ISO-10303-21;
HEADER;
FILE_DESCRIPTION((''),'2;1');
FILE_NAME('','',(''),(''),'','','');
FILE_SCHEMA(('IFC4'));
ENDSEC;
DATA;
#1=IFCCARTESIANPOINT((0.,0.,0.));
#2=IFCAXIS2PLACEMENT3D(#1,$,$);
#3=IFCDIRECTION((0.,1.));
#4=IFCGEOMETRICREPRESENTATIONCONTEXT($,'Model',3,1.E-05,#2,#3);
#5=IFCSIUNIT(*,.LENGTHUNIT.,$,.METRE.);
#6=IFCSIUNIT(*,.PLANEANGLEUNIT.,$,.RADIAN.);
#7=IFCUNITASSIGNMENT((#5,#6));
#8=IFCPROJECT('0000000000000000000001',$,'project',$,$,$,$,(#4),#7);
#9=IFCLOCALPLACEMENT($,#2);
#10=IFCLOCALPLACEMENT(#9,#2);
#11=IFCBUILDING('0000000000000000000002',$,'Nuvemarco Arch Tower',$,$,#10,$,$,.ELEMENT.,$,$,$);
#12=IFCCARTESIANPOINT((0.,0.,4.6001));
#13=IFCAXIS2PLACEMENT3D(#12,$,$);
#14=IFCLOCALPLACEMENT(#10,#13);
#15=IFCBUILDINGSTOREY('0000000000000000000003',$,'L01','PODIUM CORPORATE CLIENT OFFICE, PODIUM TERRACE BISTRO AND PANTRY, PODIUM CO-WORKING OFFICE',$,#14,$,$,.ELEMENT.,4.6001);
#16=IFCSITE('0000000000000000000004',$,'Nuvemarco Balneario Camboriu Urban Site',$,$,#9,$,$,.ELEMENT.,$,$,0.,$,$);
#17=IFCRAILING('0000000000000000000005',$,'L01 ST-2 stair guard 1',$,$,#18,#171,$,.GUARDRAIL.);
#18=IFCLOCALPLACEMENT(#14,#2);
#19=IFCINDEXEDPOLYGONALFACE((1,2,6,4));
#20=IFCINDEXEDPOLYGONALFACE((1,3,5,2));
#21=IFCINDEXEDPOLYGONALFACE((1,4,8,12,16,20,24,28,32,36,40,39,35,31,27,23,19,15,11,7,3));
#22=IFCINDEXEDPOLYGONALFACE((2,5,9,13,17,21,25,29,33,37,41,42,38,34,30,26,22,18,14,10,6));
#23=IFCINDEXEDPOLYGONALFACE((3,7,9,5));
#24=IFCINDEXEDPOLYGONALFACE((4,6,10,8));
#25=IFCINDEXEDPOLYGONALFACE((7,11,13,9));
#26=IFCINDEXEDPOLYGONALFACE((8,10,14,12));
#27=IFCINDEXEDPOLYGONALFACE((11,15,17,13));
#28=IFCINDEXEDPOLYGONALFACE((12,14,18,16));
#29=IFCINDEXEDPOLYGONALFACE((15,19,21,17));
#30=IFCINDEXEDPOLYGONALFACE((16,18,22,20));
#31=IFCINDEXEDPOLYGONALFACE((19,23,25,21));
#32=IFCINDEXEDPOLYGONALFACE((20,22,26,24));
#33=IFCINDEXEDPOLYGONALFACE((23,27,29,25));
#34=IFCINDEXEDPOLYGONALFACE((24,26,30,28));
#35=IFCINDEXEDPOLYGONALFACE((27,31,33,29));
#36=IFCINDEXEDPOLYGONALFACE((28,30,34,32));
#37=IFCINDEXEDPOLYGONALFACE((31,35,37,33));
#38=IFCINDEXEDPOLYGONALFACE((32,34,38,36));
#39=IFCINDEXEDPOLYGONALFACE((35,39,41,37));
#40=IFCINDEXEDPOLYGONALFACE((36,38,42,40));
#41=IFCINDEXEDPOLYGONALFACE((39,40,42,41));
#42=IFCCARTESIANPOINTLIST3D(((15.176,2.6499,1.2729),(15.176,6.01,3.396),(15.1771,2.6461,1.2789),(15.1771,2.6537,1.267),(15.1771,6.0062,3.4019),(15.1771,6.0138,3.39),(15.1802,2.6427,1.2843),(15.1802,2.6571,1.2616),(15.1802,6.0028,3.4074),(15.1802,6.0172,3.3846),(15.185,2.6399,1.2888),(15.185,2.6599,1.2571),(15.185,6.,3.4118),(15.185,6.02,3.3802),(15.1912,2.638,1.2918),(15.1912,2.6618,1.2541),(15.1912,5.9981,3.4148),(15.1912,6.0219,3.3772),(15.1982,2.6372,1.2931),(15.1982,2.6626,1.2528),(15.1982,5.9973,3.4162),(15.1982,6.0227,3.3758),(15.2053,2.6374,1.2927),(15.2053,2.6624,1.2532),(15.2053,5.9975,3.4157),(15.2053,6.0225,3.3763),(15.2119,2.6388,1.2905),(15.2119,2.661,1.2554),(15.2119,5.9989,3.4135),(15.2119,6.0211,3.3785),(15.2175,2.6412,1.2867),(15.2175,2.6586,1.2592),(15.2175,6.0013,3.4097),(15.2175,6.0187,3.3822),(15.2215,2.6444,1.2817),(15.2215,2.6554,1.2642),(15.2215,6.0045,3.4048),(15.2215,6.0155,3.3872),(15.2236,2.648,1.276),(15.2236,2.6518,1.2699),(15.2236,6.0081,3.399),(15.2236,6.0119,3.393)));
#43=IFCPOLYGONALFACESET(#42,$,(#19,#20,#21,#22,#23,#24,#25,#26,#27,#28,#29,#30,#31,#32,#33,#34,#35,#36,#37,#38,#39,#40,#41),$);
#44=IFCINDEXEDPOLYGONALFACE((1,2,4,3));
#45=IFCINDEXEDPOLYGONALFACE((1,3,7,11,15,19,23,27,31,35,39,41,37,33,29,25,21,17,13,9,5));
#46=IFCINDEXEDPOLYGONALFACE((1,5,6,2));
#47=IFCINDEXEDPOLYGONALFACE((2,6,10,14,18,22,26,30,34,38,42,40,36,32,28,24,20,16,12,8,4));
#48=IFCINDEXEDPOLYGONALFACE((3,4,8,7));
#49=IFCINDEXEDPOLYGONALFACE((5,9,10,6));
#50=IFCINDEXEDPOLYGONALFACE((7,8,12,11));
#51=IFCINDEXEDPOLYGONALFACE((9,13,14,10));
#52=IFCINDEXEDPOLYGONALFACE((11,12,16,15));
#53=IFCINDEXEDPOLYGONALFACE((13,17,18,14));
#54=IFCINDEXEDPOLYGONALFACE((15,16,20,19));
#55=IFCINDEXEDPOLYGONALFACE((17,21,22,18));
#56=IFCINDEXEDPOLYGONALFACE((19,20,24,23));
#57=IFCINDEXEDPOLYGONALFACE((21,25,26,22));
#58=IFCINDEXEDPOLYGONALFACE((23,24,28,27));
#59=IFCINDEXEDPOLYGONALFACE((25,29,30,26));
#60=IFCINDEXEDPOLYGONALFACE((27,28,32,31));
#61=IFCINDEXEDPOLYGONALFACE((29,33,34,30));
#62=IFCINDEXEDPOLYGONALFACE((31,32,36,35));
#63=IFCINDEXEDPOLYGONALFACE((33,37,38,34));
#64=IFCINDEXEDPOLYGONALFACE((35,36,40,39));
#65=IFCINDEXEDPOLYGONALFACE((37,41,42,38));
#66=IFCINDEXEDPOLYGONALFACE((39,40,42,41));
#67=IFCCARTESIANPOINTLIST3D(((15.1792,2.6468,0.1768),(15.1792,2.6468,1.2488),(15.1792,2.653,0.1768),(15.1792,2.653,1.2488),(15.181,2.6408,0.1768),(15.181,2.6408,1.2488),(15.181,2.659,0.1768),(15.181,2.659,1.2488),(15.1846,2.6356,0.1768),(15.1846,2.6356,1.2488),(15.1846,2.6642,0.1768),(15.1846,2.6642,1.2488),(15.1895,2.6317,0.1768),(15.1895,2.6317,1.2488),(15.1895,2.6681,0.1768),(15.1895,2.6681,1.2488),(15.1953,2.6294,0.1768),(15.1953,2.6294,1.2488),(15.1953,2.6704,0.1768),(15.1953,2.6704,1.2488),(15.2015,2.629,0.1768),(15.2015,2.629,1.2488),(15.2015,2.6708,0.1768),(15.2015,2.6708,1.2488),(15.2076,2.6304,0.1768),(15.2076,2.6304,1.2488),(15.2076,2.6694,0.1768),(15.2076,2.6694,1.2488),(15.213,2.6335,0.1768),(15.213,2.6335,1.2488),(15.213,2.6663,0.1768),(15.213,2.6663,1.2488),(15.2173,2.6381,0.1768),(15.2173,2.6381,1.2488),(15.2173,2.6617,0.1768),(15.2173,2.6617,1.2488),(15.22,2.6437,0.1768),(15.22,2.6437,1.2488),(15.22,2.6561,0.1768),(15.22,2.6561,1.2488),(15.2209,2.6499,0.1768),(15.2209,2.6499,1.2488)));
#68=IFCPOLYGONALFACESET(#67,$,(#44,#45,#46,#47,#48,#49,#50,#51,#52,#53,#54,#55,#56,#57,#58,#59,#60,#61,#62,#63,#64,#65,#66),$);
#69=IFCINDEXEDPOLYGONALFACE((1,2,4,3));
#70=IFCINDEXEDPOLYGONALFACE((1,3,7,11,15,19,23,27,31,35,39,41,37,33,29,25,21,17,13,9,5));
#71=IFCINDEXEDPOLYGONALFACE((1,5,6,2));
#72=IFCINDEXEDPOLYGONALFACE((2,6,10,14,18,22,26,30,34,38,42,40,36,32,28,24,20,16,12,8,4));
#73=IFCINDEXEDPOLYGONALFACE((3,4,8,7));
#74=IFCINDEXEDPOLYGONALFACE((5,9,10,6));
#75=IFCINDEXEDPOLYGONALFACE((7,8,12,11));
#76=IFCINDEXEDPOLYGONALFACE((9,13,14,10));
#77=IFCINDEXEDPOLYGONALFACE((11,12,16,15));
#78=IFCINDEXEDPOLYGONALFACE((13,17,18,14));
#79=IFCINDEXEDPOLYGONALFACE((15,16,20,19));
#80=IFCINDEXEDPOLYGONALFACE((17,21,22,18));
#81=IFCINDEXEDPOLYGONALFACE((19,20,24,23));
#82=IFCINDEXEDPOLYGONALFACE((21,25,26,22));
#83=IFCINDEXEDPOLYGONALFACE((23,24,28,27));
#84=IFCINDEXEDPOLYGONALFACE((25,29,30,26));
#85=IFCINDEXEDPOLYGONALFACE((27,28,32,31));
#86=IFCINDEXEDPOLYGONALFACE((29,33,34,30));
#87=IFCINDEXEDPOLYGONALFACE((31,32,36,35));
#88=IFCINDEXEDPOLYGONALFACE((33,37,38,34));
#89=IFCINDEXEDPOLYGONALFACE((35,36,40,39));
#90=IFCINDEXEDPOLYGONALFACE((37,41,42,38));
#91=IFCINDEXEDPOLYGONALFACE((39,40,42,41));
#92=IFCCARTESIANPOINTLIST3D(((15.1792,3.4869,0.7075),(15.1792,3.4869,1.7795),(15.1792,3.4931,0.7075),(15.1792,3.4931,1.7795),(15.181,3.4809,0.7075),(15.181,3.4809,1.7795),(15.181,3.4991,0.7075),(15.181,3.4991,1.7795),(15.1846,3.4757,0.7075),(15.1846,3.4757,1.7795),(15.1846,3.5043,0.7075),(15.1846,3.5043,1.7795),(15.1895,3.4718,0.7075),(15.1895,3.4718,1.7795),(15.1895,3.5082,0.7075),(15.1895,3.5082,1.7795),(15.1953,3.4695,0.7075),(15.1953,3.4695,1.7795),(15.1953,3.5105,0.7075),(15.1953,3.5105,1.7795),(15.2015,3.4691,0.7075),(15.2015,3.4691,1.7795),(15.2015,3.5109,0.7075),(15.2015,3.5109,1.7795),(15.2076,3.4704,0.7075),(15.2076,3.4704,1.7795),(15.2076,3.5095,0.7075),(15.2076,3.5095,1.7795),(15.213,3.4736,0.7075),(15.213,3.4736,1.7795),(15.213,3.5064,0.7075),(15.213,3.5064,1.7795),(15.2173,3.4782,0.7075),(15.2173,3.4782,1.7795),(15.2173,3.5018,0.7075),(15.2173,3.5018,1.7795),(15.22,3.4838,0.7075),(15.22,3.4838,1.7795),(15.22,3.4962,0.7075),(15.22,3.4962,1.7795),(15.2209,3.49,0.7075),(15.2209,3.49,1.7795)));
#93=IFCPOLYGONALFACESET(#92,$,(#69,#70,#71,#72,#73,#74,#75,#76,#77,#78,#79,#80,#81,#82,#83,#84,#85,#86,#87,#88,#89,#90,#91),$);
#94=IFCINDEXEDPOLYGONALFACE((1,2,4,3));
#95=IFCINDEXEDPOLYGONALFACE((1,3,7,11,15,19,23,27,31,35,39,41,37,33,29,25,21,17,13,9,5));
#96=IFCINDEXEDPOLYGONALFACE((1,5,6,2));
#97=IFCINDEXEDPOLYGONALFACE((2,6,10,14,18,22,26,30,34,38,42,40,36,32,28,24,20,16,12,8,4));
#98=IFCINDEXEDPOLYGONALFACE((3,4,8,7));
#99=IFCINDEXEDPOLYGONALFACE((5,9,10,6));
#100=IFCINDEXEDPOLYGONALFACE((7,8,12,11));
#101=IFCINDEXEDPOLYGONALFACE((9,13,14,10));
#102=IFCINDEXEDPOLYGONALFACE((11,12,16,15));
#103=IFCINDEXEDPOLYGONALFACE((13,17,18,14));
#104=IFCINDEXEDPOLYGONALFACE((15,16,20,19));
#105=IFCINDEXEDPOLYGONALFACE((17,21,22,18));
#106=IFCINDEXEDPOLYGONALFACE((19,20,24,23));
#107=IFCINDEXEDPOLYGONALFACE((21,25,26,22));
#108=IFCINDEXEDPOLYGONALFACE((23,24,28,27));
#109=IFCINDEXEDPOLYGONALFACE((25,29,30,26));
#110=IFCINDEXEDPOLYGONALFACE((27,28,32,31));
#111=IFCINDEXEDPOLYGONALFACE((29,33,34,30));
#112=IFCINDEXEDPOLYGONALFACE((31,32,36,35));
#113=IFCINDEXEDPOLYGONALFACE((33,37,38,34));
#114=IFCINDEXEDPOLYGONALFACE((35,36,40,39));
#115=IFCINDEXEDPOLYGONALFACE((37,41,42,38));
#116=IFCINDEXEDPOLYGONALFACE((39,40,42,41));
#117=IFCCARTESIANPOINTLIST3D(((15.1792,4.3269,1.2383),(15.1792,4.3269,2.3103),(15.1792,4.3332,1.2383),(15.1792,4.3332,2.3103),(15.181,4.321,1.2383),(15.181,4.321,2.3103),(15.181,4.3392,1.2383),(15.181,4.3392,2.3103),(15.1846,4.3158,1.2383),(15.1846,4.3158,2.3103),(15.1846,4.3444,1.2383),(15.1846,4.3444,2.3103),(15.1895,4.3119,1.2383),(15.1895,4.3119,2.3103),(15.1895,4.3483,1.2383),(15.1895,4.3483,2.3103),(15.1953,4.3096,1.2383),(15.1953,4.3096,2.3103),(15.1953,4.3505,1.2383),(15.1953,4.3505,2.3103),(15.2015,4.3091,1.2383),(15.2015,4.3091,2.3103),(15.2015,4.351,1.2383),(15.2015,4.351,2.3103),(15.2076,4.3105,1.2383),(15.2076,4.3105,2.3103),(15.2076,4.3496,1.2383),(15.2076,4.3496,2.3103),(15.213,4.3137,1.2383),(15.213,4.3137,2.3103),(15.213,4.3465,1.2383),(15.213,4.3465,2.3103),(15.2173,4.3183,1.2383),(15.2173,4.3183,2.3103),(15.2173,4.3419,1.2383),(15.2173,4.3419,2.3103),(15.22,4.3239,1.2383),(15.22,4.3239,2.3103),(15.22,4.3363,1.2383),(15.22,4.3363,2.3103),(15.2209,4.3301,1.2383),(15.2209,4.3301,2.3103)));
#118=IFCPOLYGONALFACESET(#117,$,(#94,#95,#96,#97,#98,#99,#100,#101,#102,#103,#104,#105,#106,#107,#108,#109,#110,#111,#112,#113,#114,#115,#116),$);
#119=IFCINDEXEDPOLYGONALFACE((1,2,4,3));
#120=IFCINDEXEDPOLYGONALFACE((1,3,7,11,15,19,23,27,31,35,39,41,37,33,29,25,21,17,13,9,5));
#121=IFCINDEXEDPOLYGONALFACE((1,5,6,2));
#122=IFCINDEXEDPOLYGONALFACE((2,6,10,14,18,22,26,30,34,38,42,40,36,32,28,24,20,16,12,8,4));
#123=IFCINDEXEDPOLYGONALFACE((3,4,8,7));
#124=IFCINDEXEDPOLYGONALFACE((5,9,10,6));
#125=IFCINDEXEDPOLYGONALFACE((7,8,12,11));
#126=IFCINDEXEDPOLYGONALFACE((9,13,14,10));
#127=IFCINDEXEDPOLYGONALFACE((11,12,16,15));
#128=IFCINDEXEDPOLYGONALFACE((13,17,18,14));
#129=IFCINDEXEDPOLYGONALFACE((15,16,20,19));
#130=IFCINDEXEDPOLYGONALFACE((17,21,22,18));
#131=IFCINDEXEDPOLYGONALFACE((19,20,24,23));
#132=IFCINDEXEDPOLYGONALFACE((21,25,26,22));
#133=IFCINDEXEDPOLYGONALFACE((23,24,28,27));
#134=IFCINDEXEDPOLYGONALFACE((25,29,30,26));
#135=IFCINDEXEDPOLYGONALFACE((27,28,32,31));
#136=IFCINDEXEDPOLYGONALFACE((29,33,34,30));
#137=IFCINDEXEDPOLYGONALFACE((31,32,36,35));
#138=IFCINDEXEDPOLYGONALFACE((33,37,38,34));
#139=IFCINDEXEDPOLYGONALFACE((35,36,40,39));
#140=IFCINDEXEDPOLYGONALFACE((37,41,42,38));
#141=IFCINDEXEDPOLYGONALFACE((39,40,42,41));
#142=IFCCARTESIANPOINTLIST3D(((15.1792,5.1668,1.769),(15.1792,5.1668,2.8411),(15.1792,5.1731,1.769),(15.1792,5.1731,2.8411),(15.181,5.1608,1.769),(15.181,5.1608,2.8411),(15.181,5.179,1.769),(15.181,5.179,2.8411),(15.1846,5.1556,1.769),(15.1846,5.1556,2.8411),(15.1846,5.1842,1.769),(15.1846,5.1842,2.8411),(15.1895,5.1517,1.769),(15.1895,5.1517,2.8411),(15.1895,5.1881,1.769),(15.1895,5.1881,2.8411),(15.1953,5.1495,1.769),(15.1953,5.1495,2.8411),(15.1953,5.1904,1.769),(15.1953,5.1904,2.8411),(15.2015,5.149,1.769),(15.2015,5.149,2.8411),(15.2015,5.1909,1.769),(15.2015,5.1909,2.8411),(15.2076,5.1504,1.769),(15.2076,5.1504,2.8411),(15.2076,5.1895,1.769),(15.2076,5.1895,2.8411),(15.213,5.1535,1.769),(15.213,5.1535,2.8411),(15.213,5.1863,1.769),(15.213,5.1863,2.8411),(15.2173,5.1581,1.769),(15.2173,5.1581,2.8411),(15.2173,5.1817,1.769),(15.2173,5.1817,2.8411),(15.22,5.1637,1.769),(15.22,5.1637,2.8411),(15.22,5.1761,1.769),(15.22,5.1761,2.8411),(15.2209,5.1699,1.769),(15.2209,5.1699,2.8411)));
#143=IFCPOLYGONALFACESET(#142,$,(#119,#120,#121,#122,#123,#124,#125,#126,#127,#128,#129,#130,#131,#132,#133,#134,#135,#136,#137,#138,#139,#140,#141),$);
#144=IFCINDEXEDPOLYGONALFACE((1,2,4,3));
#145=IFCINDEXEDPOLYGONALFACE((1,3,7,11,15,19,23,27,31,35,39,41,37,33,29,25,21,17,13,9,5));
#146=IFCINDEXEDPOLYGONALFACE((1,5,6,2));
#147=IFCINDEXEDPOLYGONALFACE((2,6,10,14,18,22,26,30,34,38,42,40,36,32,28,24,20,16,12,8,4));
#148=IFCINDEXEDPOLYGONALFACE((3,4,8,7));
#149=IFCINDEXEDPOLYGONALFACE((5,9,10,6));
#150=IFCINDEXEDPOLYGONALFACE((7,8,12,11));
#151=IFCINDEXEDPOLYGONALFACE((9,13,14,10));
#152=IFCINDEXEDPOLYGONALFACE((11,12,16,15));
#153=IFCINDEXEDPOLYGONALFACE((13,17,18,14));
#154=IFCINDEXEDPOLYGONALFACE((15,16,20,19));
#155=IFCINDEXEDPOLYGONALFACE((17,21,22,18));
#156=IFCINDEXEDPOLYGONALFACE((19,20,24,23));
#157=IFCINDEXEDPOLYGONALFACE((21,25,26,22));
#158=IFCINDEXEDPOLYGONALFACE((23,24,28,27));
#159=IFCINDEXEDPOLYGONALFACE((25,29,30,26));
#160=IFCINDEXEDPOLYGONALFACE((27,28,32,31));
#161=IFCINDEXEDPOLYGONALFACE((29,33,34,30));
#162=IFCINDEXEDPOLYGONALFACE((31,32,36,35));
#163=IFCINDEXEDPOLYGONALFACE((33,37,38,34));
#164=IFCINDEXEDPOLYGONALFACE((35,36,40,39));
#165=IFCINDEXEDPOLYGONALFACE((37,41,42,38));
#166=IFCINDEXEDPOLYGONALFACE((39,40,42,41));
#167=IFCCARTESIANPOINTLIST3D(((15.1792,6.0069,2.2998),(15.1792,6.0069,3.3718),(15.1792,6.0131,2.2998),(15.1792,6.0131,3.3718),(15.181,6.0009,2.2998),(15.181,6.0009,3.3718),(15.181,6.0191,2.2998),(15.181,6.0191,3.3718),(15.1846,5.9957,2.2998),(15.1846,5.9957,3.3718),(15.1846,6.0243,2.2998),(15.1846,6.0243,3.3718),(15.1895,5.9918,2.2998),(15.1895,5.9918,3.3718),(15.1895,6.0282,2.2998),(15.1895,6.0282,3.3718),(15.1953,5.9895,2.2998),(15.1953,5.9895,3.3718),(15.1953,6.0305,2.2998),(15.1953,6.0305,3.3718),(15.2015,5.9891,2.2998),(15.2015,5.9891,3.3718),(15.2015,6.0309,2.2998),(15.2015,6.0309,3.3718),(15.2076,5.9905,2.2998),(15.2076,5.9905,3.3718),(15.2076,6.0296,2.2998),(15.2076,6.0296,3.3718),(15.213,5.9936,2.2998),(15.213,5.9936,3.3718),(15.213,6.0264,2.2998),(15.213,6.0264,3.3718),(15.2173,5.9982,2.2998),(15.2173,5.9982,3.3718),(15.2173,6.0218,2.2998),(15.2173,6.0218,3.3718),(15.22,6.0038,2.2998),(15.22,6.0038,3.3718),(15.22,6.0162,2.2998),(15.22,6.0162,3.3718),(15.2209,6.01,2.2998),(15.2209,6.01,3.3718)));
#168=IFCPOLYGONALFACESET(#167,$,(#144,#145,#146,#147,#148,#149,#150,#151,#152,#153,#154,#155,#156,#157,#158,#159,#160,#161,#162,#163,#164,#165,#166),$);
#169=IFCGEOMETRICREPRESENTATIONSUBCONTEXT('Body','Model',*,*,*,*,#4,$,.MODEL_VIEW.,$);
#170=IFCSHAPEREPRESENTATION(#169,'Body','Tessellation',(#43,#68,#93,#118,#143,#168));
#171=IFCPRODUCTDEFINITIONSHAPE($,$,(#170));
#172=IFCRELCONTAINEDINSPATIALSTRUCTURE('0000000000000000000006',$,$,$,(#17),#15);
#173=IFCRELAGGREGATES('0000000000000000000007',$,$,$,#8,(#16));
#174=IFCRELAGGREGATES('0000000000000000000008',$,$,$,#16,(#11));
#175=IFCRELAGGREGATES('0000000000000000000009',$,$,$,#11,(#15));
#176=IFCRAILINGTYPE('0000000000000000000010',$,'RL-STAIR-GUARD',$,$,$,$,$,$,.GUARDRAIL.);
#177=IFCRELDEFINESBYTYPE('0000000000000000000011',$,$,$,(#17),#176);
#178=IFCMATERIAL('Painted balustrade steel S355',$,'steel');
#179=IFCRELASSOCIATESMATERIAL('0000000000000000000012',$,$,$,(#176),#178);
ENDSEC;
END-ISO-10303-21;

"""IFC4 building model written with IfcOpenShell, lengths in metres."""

from ifc_helpers import new_model, si_unit, direction, frame, origin, origin_2d, place, context, subcontext, project, spatial, circle, extrude, material, type_object, element, save


model = new_model("IFC4")

# Units and contexts
model_context = context("Model", 3, precision=1e-05, world=origin(), true_north=direction((0.0, 1.0)))
body_context = subcontext(model_context, "Body", "Model", "MODEL_VIEW")
ifc_project = project(units=[si_unit("LENGTHUNIT", "METRE"), si_unit("PLANEANGLEUNIT", "RADIAN")], contexts=[model_context])

# Site, building, storey
site_placement = place(None, origin())
site = spatial("IfcSite", under=ifc_project, at=site_placement, Name="Nuvemarco Balneario Camboriu Urban Site", CompositionType="ELEMENT", RefElevation=0.0)
building_placement = place(site_placement, origin())
building = spatial("IfcBuilding", under=site, at=building_placement, Name="Nuvemarco Arch Tower", CompositionType="ELEMENT")
storey_placement = place(building_placement, frame((0.0, 0.0, 4.6001)))
storey = spatial("IfcBuildingStorey", under=building, at=storey_placement, Name="L01", Description="PODIUM CORPORATE CLIENT OFFICE, PODIUM TERRACE BISTRO AND PANTRY, PODIUM CO-WORKING OFFICE", CompositionType="ELEMENT", Elevation=4.6001)

# Railing
ifc_material_1 = material(Name="Painted balustrade steel S355", Category="steel")
railing_type_1 = type_object("IfcRailingType", Name="RL-STAIR-GUARD", PredefinedType="GUARDRAIL", material=ifc_material_1)
railing_1_placement = place(storey_placement, frame((15.2, 2.6499, 0.1768)))
element("IfcRailing", 1, at=railing_1_placement, inside=storey, type_object=railing_type_1, Name="L01 ST-2 stair guard 1", PredefinedType="GUARDRAIL", context=body_context, shape_type="SweptSolid", body=[
    extrude(circle(Radius=0.0239, at=origin_2d()), frame((0.0, 0.0, 1.0962), z_axis=(0.0, 0.84539, 0.53415), x_axis=(-1.0, 0.0, 0.0)), (0.0, 0.0, 1.0), 3.9746),
    extrude(circle(Radius=0.021, at=origin_2d()), origin(), (0.0, 0.0, 1.0), 1.072),
    extrude(circle(Radius=0.021, at=origin_2d()), frame((0.0, 0.8401, 0.5308)), (0.0, 0.0, 1.0), 1.072),
    extrude(circle(Radius=0.021, at=origin_2d()), frame((0.0, 1.6802, 1.0615)), (0.0, 0.0, 1.0), 1.072),
    extrude(circle(Radius=0.021, at=origin_2d()), frame((0.0, 2.52, 1.5923)), (0.0, 0.0, 1.0), 1.072),
    extrude(circle(Radius=0.021, at=origin_2d()), frame((0.0, 3.3601, 2.123)), (0.0, 0.0, 1.0), 1.072),
])

save(model, "model.ifc")
